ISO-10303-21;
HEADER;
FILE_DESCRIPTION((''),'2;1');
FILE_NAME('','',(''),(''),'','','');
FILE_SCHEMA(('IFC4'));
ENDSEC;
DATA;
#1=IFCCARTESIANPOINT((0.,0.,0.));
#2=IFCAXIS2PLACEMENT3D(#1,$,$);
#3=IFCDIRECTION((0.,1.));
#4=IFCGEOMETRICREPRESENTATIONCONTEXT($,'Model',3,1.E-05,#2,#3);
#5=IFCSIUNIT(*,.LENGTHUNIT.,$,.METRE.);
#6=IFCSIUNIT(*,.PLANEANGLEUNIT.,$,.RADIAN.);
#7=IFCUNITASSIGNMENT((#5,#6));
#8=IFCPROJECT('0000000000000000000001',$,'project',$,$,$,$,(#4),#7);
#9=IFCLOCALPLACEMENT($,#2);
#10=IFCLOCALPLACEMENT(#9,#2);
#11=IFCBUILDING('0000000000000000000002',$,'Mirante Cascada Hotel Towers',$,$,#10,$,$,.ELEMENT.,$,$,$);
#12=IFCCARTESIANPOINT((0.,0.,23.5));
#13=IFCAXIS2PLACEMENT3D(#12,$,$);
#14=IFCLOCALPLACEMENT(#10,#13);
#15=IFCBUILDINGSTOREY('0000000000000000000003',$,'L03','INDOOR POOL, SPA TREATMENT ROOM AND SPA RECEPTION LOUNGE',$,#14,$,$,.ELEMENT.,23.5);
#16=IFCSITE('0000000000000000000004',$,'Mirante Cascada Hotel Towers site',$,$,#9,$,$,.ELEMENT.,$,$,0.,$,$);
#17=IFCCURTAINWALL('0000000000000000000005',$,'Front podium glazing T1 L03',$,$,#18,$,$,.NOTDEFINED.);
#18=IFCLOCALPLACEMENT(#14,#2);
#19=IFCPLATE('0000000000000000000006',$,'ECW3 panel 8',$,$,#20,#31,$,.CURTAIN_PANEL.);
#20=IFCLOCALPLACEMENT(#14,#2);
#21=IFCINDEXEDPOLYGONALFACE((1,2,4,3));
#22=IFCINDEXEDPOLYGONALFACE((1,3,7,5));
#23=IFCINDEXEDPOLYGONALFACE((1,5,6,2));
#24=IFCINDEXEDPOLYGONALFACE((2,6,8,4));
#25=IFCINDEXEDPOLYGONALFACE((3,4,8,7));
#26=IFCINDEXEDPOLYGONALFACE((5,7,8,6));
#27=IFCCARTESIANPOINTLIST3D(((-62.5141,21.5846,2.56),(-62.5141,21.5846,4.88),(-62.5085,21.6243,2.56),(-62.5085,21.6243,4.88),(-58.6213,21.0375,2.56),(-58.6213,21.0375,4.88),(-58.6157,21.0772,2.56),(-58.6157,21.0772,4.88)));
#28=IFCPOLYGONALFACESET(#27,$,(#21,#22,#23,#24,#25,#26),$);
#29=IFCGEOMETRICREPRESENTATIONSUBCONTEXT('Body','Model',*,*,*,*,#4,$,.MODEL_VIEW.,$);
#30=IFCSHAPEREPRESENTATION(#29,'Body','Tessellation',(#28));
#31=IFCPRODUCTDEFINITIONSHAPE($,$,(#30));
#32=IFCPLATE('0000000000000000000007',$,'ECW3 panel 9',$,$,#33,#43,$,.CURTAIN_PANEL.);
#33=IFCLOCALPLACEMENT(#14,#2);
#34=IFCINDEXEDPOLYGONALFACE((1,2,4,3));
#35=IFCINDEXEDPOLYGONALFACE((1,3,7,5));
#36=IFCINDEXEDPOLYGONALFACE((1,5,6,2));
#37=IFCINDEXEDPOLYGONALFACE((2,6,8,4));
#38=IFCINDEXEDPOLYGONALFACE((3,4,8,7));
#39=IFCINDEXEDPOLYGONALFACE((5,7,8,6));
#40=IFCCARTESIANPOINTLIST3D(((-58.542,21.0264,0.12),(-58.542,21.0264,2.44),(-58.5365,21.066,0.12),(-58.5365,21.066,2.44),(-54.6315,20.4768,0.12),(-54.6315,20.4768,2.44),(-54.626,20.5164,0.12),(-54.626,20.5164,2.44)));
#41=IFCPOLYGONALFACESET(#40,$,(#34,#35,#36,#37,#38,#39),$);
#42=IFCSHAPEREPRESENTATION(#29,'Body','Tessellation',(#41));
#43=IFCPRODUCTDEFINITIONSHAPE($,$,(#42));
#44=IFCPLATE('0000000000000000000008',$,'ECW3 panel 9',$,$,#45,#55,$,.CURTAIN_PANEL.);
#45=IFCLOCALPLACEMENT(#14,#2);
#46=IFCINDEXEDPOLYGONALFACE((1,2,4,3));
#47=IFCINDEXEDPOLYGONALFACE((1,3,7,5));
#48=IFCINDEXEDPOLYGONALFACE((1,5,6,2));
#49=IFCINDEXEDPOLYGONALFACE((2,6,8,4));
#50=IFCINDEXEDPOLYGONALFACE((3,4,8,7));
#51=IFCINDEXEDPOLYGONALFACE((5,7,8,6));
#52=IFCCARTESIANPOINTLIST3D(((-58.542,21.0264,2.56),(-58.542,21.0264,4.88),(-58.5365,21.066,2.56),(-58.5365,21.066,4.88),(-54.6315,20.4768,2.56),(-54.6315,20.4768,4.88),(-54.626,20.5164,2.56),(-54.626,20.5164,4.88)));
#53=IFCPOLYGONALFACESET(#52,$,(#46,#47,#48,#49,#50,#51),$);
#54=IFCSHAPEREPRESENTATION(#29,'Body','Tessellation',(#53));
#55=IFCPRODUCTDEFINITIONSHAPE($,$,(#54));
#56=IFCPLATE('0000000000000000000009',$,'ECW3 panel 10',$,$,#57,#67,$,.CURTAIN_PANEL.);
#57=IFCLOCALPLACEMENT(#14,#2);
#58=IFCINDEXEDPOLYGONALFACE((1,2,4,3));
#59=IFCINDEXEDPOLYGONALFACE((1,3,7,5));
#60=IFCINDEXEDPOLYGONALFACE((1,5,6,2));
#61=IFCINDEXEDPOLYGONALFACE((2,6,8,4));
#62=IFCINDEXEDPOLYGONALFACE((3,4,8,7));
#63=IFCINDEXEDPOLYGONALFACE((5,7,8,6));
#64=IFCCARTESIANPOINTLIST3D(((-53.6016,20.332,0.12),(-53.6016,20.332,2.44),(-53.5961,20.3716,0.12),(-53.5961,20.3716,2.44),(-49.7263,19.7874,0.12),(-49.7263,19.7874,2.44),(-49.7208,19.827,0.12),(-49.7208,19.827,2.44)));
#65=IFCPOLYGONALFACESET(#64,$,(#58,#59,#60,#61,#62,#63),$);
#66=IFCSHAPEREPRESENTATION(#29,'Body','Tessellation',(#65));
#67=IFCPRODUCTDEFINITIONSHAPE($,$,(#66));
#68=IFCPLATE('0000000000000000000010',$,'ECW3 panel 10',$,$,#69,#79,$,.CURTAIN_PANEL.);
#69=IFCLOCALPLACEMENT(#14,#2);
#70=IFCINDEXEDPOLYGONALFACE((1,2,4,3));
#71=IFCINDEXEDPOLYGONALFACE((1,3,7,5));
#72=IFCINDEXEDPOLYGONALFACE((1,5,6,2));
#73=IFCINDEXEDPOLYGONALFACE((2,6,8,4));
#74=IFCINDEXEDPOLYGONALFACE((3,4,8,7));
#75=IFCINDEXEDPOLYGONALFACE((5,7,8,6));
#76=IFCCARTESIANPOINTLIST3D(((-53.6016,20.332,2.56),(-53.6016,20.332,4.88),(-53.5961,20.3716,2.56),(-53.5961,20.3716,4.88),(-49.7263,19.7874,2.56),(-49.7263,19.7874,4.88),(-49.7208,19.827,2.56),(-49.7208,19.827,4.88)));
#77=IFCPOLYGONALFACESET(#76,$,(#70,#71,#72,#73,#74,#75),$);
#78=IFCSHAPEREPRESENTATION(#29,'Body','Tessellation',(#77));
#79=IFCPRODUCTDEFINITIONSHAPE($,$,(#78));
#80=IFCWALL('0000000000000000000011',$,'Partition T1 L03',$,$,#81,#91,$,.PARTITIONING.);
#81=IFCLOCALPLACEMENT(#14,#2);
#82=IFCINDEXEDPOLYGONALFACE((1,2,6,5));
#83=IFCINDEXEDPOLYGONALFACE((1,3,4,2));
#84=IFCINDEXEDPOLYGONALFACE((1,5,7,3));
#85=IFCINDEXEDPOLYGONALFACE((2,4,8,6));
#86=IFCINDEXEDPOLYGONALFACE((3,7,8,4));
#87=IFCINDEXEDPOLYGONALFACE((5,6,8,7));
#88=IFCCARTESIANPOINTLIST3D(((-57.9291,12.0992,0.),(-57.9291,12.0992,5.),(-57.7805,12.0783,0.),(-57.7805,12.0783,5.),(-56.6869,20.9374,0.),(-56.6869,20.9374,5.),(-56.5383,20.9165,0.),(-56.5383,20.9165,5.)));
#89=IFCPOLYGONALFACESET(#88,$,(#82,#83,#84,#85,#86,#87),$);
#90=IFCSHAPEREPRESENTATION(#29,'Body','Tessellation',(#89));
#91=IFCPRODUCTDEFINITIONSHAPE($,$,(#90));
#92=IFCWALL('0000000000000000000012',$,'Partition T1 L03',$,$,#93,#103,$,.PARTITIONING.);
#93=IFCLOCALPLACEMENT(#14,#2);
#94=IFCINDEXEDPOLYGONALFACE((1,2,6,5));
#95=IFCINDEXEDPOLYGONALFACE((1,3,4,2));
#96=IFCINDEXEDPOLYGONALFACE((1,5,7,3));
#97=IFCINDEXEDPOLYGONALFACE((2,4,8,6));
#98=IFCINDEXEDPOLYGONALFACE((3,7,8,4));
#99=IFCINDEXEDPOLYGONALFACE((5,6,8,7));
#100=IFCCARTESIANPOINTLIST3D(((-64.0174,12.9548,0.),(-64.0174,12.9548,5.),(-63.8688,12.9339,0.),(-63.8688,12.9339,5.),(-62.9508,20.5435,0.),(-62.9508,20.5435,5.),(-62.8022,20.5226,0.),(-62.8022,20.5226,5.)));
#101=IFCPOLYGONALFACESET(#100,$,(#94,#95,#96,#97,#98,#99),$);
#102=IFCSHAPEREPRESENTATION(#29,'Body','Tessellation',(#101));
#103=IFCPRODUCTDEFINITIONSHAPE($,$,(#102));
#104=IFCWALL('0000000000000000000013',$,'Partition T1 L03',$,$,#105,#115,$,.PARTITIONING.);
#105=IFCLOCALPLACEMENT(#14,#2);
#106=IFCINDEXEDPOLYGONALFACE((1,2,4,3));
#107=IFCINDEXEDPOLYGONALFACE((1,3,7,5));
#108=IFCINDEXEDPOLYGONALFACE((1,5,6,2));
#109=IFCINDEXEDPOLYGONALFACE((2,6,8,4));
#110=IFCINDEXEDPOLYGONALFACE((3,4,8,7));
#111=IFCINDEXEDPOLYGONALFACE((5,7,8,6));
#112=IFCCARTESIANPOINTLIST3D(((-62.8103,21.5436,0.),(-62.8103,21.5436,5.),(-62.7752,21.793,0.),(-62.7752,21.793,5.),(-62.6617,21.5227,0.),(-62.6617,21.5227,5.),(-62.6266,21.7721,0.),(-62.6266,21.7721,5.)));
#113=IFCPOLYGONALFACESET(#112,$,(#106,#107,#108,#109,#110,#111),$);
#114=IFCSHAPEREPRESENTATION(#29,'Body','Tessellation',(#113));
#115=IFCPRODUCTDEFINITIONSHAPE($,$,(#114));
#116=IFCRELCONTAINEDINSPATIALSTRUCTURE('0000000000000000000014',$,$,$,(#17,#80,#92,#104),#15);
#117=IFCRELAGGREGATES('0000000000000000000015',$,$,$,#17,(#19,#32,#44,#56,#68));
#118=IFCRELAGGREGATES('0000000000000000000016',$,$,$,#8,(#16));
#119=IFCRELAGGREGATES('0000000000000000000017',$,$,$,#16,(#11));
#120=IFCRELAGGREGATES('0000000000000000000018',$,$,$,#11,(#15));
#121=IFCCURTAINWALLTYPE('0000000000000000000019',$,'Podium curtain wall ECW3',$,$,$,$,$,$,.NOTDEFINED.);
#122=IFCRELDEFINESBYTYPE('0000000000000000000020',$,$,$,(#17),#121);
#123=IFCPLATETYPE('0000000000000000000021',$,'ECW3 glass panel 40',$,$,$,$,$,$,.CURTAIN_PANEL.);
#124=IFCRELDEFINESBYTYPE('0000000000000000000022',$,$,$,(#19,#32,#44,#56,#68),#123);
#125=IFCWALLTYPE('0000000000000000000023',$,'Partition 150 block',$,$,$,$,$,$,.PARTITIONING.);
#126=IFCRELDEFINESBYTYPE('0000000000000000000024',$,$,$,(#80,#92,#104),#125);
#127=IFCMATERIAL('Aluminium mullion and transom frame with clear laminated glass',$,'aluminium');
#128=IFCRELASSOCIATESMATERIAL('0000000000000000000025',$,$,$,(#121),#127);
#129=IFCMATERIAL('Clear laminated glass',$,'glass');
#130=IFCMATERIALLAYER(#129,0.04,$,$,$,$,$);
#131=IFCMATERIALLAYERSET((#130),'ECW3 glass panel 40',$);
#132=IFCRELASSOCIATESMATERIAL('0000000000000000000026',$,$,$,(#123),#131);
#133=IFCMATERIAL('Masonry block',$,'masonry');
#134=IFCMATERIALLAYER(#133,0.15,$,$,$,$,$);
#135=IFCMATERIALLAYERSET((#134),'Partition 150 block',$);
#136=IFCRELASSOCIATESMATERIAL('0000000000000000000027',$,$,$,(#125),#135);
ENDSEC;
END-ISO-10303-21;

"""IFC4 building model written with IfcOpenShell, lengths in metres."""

from ifc_helpers import new_model, si_unit, direction, frame, frame_2d, origin, origin_2d, place, context, subcontext, project, spatial, rectangle, extrude, material, layer, layer_set, type_object, element, aggregate, save


model = new_model("IFC4")

# Units and contexts
model_context = context("Model", 3, precision=1e-05, world=origin(), true_north=direction((0.0, 1.0)))
body_context = subcontext(model_context, "Body", "Model", "MODEL_VIEW")
ifc_project = project(units=[si_unit("LENGTHUNIT", "METRE"), si_unit("PLANEANGLEUNIT", "RADIAN")], contexts=[model_context])

# Site, building, storey
site_placement = place(None, origin())
site = spatial("IfcSite", under=ifc_project, at=site_placement, Name="Mirante Cascada Hotel Towers site", CompositionType="ELEMENT", RefElevation=0.0)
building_placement = place(site_placement, origin())
building = spatial("IfcBuilding", under=site, at=building_placement, Name="Mirante Cascada Hotel Towers", CompositionType="ELEMENT")
storey_placement = place(building_placement, frame((0.0, 0.0, 23.5)))
storey = spatial("IfcBuildingStorey", under=building, at=storey_placement, Name="L03", Description="INDOOR POOL, SPA TREATMENT ROOM AND SPA RECEPTION LOUNGE", CompositionType="ELEMENT", Elevation=23.5)

# Curtain wall, plates
ifc_material_1 = material(Name="Aluminium mullion and transom frame with clear laminated glass", Category="aluminium")
curtain_wall_type = type_object("IfcCurtainWallType", Name="Podium curtain wall ECW3", PredefinedType="NOTDEFINED", material=ifc_material_1)
curtain_wall_placement = place(storey_placement, origin())
curtain_wall = element("IfcCurtainWall", 1, at=curtain_wall_placement, inside=storey, type_object=curtain_wall_type, Name="Front podium glazing T1 L03", PredefinedType="NOTDEFINED")
ifc_material_2 = material(Name="Clear laminated glass", Category="glass")
ifc_layer_1 = layer(ifc_material_2, 0.04)
ifc_layer_set_1 = layer_set([ifc_layer_1], Name="ECW3 glass panel 40")
plate_type = type_object("IfcPlateType", Name="ECW3 glass panel 40", PredefinedType="CURTAIN_PANEL", material=ifc_layer_set_1)
plate_1_placement = place(storey_placement, frame((-60.5649, 21.3309, 2.56), z_axis=(0.0, 0.0, 1.0), x_axis=(0.990268, -0.139173, 0.0)))
plate_1 = element("IfcPlate", 2, at=plate_1_placement, type_object=plate_type, Name="ECW3 panel 8", PredefinedType="CURTAIN_PANEL", context=body_context, shape_type="SweptSolid", body=[
    extrude(rectangle(XDim=3.9311, YDim=0.04, at=origin_2d()), origin(), (0.0, 0.0, 1.0), 2.32),
])
plate_2_placement = place(storey_placement, frame((-56.584, 20.7714, 0.12), z_axis=(0.0, 0.0, 1.0), x_axis=(0.990268, -0.139173, 0.0)))
plate_2 = element("IfcPlate", 3, at=plate_2_placement, type_object=plate_type, Name="ECW3 panel 9", PredefinedType="CURTAIN_PANEL", context=body_context, shape_type="SweptSolid", body=[
    extrude(rectangle(XDim=3.9489, YDim=0.04, at=origin_2d()), origin(), (0.0, 0.0, 1.0), 2.32),
])
plate_3_placement = place(storey_placement, frame((-56.584, 20.7714, 2.56), z_axis=(0.0, 0.0, 1.0), x_axis=(0.990268, -0.139173, 0.0)))
plate_3 = element("IfcPlate", 4, at=plate_3_placement, type_object=plate_type, Name="ECW3 panel 9", PredefinedType="CURTAIN_PANEL", context=body_context, shape_type="SweptSolid", body=[
    extrude(rectangle(XDim=3.9489, YDim=0.04, at=origin_2d()), origin(), (0.0, 0.0, 1.0), 2.32),
])
plate_4_placement = place(storey_placement, frame((-51.6612, 20.0795, 0.12), z_axis=(0.0, 0.0, 1.0), x_axis=(0.990268, -0.139173, 0.0)))
plate_4 = element("IfcPlate", 5, at=plate_4_placement, type_object=plate_type, Name="ECW3 panel 10", PredefinedType="CURTAIN_PANEL", context=body_context, shape_type="SweptSolid", body=[
    extrude(rectangle(XDim=3.9134, YDim=0.04, at=origin_2d()), origin(), (0.0, 0.0, 1.0), 2.32),
])
plate_5_placement = place(storey_placement, frame((-51.6612, 20.0795, 2.56), z_axis=(0.0, 0.0, 1.0), x_axis=(0.990268, -0.139173, 0.0)))
plate_5 = element("IfcPlate", 6, at=plate_5_placement, type_object=plate_type, Name="ECW3 panel 10", PredefinedType="CURTAIN_PANEL", context=body_context, shape_type="SweptSolid", body=[
    extrude(rectangle(XDim=3.9134, YDim=0.04, at=origin_2d()), origin(), (0.0, 0.0, 1.0), 2.32),
])
aggregate(curtain_wall, [plate_1, plate_2, plate_3, plate_4, plate_5])

# Walls
ifc_material_3 = material(Name="Masonry block", Category="masonry")
ifc_layer_2 = layer(ifc_material_3, 0.15)
ifc_layer_set_2 = layer_set([ifc_layer_2], Name="Partition 150 block")
wall_type = type_object("IfcWallType", Name="Partition 150 block", PredefinedType="PARTITIONING", material=ifc_layer_set_2)
wall_1_placement = place(storey_placement, frame((-57.8548, 12.0887, 0.0), z_axis=(0.0, 0.0, 1.0), x_axis=(0.139181, 0.990267, 0.0)))
element("IfcWall", 7, at=wall_1_placement, inside=storey, type_object=wall_type, Name="Partition T1 L03", PredefinedType="PARTITIONING", context=body_context, shape_type="SweptSolid", body=[
    extrude(rectangle(XDim=8.9251, YDim=0.15, at=frame_2d((4.4626, 0.0))), origin(), (0.0, 0.0, 1.0), 5.0),
])
wall_2_placement = place(storey_placement, frame((-63.9431, 12.9444, 0.0), z_axis=(0.0, 0.0, 1.0), x_axis=(0.139183, 0.990267, 0.0)))
element("IfcWall", 8, at=wall_2_placement, inside=storey, type_object=wall_type, Name="Partition T1 L03", PredefinedType="PARTITIONING", context=body_context, shape_type="SweptSolid", body=[
    extrude(rectangle(XDim=7.6633, YDim=0.15, at=frame_2d((3.8316, 0.0))), origin(), (0.0, 0.0, 1.0), 5.0),
])
wall_3_placement = place(storey_placement, frame((-62.736, 21.5331, 0.0), z_axis=(0.0, 0.0, 1.0), x_axis=(0.139364, 0.990241, 0.0)))
element("IfcWall", 9, at=wall_3_placement, inside=storey, type_object=wall_type, Name="Partition T1 L03", PredefinedType="PARTITIONING", context=body_context, shape_type="SweptSolid", body=[
    extrude(rectangle(XDim=0.2519, YDim=0.15, at=frame_2d((0.126, 0.0))), origin(), (0.0, 0.0, 1.0), 5.0),
])

save(model, "model.ifc")
